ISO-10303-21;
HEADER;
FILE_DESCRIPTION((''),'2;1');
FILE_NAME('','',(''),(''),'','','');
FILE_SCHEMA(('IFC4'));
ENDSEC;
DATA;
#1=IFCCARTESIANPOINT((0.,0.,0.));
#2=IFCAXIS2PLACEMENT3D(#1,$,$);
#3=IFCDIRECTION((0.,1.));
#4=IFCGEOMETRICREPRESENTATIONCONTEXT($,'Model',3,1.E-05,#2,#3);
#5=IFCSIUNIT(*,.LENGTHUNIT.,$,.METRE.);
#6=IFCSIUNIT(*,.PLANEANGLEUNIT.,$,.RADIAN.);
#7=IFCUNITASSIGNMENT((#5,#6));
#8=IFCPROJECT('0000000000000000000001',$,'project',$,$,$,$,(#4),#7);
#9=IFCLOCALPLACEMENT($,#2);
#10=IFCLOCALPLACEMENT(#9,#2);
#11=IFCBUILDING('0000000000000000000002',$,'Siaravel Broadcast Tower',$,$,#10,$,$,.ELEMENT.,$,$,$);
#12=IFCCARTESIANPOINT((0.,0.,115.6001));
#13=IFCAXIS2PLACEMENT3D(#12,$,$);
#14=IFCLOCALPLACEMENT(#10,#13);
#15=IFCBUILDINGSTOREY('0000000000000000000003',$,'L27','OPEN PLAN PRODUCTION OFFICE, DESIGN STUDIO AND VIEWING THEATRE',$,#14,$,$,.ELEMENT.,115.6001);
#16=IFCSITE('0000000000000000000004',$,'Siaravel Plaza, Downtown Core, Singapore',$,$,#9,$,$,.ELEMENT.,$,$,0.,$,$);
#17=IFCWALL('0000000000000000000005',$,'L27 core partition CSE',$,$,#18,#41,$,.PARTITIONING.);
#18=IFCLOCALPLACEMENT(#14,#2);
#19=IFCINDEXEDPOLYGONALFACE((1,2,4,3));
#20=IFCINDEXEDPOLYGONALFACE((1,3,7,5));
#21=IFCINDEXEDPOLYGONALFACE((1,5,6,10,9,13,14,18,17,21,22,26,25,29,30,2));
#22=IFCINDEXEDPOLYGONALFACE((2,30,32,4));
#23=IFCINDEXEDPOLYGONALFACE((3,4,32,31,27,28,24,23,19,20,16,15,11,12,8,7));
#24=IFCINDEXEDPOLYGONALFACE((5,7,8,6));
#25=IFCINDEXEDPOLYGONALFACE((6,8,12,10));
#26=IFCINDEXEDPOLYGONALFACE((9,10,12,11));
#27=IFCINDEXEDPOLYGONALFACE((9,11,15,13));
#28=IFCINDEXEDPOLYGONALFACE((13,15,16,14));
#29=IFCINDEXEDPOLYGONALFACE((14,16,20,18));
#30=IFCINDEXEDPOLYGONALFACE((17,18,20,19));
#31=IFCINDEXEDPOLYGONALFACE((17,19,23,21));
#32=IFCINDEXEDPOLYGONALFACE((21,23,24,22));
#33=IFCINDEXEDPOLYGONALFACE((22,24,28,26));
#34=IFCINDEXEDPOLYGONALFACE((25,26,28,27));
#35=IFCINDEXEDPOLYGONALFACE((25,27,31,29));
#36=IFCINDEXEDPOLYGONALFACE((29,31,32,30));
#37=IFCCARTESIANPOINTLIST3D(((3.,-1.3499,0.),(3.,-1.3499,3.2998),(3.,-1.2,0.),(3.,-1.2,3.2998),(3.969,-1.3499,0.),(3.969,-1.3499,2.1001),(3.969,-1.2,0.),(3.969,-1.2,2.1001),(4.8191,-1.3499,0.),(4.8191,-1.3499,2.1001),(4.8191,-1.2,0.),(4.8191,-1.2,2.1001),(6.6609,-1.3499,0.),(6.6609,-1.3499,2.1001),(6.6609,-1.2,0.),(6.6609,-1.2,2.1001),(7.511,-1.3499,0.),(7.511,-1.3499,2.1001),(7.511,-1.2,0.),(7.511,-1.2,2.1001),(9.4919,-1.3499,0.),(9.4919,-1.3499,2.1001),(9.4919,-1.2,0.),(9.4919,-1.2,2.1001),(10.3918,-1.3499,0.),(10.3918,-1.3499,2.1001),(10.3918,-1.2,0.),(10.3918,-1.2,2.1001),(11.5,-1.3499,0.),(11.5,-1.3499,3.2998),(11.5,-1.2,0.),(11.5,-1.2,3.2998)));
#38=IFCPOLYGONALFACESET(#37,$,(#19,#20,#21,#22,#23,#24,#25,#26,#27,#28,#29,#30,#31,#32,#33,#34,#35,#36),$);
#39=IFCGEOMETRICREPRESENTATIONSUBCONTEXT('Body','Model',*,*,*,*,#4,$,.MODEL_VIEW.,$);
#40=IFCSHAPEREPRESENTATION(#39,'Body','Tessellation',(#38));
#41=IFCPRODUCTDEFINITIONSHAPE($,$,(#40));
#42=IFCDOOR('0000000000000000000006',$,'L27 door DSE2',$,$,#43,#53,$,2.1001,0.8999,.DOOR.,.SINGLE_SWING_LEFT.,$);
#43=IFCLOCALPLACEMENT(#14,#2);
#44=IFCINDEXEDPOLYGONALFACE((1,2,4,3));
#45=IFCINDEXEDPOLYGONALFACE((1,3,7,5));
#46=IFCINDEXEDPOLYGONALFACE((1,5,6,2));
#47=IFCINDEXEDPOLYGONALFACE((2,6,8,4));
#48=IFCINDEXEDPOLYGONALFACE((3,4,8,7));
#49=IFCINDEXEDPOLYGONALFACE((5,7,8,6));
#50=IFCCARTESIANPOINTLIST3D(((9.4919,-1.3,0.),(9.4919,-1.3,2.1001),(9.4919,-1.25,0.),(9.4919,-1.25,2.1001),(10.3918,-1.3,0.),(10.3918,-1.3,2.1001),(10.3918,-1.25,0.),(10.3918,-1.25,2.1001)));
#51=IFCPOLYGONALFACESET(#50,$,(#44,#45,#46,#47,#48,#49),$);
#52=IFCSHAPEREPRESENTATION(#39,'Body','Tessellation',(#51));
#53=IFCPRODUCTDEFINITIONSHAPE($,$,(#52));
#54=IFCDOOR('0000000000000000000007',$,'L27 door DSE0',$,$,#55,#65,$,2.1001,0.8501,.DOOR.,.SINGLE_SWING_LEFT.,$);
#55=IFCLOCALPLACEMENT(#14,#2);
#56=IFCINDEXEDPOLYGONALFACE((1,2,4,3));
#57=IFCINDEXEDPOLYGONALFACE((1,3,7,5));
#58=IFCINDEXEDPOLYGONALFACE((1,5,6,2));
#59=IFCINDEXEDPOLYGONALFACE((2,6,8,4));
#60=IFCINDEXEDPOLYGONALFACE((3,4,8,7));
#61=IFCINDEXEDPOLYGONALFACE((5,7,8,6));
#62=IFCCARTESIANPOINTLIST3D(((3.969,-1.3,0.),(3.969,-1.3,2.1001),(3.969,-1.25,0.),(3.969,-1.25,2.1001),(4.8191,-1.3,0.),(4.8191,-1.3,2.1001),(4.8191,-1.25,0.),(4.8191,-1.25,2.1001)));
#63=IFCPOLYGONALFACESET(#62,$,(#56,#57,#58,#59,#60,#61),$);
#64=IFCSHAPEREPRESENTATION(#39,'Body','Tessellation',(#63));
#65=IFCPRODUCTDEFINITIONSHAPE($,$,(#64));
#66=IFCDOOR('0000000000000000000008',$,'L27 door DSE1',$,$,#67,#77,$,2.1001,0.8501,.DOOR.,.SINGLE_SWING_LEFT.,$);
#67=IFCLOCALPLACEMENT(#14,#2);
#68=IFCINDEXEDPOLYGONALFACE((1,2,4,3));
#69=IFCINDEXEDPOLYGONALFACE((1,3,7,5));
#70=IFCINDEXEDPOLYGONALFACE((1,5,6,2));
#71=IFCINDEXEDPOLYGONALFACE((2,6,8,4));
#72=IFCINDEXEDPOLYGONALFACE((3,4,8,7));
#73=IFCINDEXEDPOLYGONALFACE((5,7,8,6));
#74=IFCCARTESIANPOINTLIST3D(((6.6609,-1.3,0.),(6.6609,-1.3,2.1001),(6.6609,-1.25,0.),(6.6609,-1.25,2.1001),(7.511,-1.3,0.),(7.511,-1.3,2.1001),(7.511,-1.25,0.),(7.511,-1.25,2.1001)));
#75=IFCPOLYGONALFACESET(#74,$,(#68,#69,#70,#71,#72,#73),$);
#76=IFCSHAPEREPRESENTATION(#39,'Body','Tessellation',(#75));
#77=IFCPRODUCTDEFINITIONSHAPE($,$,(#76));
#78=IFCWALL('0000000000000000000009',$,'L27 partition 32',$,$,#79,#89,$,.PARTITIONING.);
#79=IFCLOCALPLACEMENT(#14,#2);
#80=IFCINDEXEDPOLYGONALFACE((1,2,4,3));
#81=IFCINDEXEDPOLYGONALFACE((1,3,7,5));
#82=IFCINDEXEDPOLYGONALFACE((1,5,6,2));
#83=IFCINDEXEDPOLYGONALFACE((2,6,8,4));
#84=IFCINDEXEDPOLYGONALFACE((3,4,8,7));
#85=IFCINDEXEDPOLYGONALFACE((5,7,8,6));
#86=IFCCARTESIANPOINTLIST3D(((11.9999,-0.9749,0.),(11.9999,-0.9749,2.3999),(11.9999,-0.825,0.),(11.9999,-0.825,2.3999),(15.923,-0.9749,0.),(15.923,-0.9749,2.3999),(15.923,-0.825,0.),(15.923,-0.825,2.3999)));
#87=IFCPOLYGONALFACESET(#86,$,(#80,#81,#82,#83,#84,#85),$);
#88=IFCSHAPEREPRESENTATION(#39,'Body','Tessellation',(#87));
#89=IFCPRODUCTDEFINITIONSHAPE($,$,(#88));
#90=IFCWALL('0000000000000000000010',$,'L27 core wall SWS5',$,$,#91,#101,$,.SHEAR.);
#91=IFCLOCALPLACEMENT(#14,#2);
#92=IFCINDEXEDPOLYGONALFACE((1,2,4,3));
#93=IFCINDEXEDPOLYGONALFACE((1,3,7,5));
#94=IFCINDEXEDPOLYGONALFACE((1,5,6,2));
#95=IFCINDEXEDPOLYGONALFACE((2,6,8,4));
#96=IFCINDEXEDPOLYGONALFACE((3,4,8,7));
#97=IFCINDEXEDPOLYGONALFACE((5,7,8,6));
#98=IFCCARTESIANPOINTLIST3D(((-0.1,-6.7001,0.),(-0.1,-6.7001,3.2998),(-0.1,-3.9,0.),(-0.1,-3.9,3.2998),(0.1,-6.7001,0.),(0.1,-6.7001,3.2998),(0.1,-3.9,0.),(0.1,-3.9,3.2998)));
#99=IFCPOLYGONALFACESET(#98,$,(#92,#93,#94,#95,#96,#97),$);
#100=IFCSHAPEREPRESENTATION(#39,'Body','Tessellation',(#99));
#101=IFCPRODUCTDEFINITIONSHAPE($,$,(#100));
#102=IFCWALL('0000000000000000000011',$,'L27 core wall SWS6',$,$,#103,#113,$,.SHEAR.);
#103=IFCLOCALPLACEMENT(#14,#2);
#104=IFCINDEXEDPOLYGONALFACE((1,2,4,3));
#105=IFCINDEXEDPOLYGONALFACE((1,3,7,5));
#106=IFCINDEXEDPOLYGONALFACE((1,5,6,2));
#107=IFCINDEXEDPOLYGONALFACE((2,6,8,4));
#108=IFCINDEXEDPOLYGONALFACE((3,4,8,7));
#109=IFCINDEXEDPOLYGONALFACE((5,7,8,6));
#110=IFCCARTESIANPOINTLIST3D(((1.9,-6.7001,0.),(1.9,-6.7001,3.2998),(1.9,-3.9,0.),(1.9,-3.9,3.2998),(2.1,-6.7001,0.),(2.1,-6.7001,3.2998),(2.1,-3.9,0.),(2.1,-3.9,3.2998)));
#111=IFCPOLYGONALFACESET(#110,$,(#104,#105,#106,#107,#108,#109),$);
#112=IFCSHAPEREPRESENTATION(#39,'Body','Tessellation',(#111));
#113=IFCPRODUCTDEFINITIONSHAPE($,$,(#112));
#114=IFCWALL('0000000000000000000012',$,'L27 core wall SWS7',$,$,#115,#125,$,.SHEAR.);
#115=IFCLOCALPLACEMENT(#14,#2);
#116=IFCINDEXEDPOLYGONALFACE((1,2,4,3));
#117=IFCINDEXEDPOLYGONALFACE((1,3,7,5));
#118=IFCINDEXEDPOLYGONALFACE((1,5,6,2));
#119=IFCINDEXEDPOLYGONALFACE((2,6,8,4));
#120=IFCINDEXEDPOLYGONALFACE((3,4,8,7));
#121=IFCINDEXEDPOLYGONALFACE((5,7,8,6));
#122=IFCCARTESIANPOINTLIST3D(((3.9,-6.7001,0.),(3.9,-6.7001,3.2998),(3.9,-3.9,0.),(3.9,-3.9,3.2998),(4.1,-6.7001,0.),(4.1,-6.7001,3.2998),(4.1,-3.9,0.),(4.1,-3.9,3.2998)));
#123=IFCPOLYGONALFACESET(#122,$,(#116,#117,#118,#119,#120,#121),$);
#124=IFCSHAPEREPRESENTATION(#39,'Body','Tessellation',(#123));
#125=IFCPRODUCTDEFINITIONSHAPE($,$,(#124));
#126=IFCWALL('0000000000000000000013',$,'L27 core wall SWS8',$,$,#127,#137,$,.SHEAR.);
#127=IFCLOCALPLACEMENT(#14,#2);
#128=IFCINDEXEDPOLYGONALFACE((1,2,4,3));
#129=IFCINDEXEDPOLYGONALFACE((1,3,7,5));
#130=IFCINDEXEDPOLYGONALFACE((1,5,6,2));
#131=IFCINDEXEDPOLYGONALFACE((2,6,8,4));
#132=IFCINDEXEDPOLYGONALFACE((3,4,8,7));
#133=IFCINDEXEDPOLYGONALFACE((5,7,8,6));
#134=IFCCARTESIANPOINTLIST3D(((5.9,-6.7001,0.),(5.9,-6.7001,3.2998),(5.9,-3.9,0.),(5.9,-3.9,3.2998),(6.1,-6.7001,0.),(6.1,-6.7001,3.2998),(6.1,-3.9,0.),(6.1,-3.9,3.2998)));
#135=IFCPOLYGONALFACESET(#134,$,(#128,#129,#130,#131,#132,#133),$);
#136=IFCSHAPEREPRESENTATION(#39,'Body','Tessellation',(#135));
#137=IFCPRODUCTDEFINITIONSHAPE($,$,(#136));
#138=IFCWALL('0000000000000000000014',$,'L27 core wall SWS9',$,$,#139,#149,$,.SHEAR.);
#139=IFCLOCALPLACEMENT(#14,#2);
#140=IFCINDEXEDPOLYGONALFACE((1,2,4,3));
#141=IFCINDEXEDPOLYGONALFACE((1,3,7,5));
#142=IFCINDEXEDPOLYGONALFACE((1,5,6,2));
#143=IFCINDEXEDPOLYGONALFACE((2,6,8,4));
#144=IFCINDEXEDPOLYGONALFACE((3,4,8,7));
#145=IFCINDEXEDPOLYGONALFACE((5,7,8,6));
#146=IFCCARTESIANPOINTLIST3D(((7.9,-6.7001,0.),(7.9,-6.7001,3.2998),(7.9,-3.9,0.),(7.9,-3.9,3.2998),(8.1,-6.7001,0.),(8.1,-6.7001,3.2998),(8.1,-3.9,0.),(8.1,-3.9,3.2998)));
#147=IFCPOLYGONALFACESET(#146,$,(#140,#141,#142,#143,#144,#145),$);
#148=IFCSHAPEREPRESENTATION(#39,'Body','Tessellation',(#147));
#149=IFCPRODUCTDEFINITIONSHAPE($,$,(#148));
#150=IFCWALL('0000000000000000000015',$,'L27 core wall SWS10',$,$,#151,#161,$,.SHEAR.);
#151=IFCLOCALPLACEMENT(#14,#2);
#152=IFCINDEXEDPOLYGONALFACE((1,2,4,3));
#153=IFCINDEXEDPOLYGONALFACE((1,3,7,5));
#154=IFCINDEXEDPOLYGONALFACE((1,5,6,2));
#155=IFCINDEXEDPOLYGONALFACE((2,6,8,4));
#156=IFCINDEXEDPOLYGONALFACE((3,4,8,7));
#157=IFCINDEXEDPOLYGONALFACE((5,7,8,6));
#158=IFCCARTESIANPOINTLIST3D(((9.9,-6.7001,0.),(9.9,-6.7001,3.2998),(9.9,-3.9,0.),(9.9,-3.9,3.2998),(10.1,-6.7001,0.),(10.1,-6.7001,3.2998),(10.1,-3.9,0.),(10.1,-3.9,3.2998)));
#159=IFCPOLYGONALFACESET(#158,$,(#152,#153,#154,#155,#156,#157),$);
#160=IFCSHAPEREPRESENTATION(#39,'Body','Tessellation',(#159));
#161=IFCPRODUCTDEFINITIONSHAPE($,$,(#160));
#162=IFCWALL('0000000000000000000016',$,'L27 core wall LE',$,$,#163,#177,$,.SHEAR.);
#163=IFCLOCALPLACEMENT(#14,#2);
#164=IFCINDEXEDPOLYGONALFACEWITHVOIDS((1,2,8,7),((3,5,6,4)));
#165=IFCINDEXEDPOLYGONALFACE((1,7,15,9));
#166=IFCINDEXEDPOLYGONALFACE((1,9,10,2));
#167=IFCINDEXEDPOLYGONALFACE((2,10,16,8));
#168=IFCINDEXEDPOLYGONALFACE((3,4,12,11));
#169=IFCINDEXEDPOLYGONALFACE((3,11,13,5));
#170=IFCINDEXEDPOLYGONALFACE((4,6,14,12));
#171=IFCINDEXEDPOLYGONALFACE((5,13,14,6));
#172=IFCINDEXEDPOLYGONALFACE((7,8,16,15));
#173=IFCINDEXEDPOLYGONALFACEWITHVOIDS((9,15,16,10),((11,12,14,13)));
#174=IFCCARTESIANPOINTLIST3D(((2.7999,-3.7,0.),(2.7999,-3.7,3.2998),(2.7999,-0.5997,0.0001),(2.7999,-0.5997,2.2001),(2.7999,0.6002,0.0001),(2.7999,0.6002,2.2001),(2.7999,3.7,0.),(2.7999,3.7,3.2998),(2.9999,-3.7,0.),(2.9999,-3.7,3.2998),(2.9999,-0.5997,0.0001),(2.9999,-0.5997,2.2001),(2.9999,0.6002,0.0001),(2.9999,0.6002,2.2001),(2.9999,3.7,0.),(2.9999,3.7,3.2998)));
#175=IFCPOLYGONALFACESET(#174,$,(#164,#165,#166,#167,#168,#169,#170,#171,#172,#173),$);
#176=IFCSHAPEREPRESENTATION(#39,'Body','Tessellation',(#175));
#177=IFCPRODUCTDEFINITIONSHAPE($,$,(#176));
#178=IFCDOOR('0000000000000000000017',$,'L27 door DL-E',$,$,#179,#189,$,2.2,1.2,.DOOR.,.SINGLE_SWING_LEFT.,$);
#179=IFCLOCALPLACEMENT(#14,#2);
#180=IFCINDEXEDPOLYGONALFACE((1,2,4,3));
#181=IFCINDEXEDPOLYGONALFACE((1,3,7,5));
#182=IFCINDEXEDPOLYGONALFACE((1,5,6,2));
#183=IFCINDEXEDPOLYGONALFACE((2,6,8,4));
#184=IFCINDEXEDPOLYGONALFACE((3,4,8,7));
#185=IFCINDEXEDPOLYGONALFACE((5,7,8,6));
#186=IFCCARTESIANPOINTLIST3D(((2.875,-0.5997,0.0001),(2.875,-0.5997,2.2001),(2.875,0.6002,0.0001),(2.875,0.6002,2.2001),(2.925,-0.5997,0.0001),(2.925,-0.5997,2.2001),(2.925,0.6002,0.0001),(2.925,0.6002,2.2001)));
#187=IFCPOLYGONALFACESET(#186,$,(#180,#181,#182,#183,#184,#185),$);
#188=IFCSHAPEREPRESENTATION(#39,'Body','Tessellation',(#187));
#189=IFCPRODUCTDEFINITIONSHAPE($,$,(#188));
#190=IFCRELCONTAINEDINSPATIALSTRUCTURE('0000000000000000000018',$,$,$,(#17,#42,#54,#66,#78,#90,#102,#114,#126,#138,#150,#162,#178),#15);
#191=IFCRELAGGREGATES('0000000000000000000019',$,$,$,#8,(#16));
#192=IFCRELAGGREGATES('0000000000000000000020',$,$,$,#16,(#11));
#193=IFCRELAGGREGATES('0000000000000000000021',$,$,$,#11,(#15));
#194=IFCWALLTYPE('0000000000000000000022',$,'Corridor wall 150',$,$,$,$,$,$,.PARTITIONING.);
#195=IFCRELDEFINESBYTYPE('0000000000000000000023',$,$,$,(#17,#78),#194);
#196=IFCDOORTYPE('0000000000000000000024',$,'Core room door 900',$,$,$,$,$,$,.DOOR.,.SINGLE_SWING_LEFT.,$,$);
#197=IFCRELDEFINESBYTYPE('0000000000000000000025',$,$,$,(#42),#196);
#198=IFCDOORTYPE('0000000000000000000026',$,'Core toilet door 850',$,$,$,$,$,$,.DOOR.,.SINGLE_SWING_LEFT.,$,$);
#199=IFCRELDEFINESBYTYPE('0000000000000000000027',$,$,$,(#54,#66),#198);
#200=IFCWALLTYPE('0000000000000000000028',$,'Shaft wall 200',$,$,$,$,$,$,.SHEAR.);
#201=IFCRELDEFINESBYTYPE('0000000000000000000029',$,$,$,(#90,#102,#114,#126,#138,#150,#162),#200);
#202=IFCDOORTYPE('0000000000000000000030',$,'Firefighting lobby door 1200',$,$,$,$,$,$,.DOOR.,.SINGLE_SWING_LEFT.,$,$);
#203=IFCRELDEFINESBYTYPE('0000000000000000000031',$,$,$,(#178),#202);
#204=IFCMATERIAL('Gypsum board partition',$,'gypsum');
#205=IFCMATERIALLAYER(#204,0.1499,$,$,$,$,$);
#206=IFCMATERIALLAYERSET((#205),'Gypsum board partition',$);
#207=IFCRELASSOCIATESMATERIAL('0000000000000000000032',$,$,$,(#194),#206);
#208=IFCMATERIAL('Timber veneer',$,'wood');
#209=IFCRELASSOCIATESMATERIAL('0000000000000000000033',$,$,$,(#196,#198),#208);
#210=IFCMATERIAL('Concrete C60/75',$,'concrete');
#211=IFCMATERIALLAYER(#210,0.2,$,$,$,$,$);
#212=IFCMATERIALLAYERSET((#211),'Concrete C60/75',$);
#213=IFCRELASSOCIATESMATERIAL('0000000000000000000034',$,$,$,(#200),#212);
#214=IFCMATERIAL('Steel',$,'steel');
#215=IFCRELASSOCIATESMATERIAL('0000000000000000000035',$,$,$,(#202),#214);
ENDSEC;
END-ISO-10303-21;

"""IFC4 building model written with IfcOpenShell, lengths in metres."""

from ifc_helpers import new_model, si_unit, direction, frame, frame_2d, origin, place, context, subcontext, project, spatial, rectangle, extrude, material, layer, layer_set, type_object, element, fill, save


model = new_model("IFC4")

# Units and contexts
model_context = context("Model", 3, precision=1e-05, world=origin(), true_north=direction((0.0, 1.0)))
body_context = subcontext(model_context, "Body", "Model", "MODEL_VIEW")
ifc_project = project(units=[si_unit("LENGTHUNIT", "METRE"), si_unit("PLANEANGLEUNIT", "RADIAN")], contexts=[model_context])

# Site, building, storey
site_placement = place(None, origin())
site = spatial("IfcSite", under=ifc_project, at=site_placement, Name="Siaravel Plaza, Downtown Core, Singapore", CompositionType="ELEMENT", RefElevation=0.0)
building_placement = place(site_placement, origin())
building = spatial("IfcBuilding", under=site, at=building_placement, Name="Siaravel Broadcast Tower", CompositionType="ELEMENT")
storey_placement = place(building_placement, frame((0.0, 0.0, 115.6001)))
storey = spatial("IfcBuildingStorey", under=building, at=storey_placement, Name="L27", Description="OPEN PLAN PRODUCTION OFFICE, DESIGN STUDIO AND VIEWING THEATRE", CompositionType="ELEMENT", Elevation=115.6001)

# Shared definitions
ifc_material_1 = material(Name="Concrete C60/75", Category="concrete")
ifc_material_2 = material(Name="Steel", Category="steel")

# Wall, openings, doors
ifc_material_3 = material(Name="Gypsum board partition", Category="gypsum")
ifc_layer_1 = layer(ifc_material_3, 0.1499)
ifc_layer_set_1 = layer_set([ifc_layer_1], Name="Gypsum board partition")
wall_type_1 = type_object("IfcWallType", Name="Corridor wall 150", PredefinedType="PARTITIONING", material=ifc_layer_set_1)
wall_1_placement = place(storey_placement, frame((3.0, -1.2749, 0.0), z_axis=(0.0, 0.0, 1.0), x_axis=(1.0, 0.0, 0.0)))
wall_1 = element("IfcWall", 1, at=wall_1_placement, inside=storey, type_object=wall_type_1, Name="L27 core partition CSE", PredefinedType="PARTITIONING", context=body_context, shape_type="SweptSolid", body=[
    extrude(rectangle(XDim=8.5, YDim=0.1499, at=frame_2d((4.25, 0.0))), origin(), (0.0, 0.0, 1.0), 3.2998),
])
opening_1_placement = place(wall_1_placement, frame((0.969, 0.0, 0.0)))
opening_1 = element("IfcOpeningElement", 2, at=opening_1_placement, cuts=wall_1, PredefinedType="OPENING", context=body_context, shape_type="SweptSolid", body=[
    extrude(rectangle(XDim=0.8501, YDim=2.1001, at=frame_2d((0.425, 1.05))), frame((0.0, 0.085, 0.0), z_axis=(0.0, -1.0, 0.0), x_axis=(1.0, 0.0, 0.0)), (0.0, 0.0, 1.0), 0.1699),
])
opening_2_placement = place(wall_1_placement, frame((3.6609, 0.0, 0.0)))
opening_2 = element("IfcOpeningElement", 3, at=opening_2_placement, cuts=wall_1, PredefinedType="OPENING", context=body_context, shape_type="SweptSolid", body=[
    extrude(rectangle(XDim=0.8501, YDim=2.1001, at=frame_2d((0.425, 1.05))), frame((0.0, 0.085, 0.0), z_axis=(0.0, -1.0, 0.0), x_axis=(1.0, 0.0, 0.0)), (0.0, 0.0, 1.0), 0.1699),
])
opening_3_placement = place(wall_1_placement, frame((6.4919, 0.0, 0.0)))
opening_3 = element("IfcOpeningElement", 4, at=opening_3_placement, cuts=wall_1, PredefinedType="OPENING", context=body_context, shape_type="SweptSolid", body=[
    extrude(rectangle(XDim=0.8999, YDim=2.1001, at=frame_2d((0.45, 1.05))), frame((0.0, 0.085, 0.0), z_axis=(0.0, -1.0, 0.0), x_axis=(1.0, 0.0, 0.0)), (0.0, 0.0, 1.0), 0.1699),
])
ifc_material_4 = material(Name="Timber veneer", Category="wood")
door_type_1 = type_object("IfcDoorType", Name="Core room door 900", OperationType="SINGLE_SWING_LEFT", PredefinedType="DOOR", material=ifc_material_4)
door_1_placement = place(opening_3_placement, origin())
door_1 = element("IfcDoor", 5, at=door_1_placement, inside=storey, type_object=door_type_1, Name="L27 door DSE2", OperationType="SINGLE_SWING_LEFT", OverallHeight=2.1001, OverallWidth=0.8999, PredefinedType="DOOR", context=body_context, shape_type="SweptSolid", body=[
    extrude(rectangle(XDim=0.8999, YDim=2.1001, at=frame_2d((0.45, 1.05))), frame((0.0, 0.0249, 0.0), z_axis=(0.0, -1.0, 0.0), x_axis=(1.0, 0.0, 0.0)), (0.0, 0.0, 1.0), 0.05),
])
fill(opening_3, door_1)
door_type_2 = type_object("IfcDoorType", Name="Core toilet door 850", OperationType="SINGLE_SWING_LEFT", PredefinedType="DOOR", material=ifc_material_4)
door_2_placement = place(opening_1_placement, origin())
door_2 = element("IfcDoor", 6, at=door_2_placement, inside=storey, type_object=door_type_2, Name="L27 door DSE0", OperationType="SINGLE_SWING_LEFT", OverallHeight=2.1001, OverallWidth=0.8501, PredefinedType="DOOR", context=body_context, shape_type="SweptSolid", body=[
    extrude(rectangle(XDim=0.8501, YDim=2.1001, at=frame_2d((0.425, 1.05))), frame((0.0, 0.0249, 0.0), z_axis=(0.0, -1.0, 0.0), x_axis=(1.0, 0.0, 0.0)), (0.0, 0.0, 1.0), 0.05),
])
fill(opening_1, door_2)
door_3_placement = place(opening_2_placement, origin())
door_3 = element("IfcDoor", 7, at=door_3_placement, inside=storey, type_object=door_type_2, Name="L27 door DSE1", OperationType="SINGLE_SWING_LEFT", OverallHeight=2.1001, OverallWidth=0.8501, PredefinedType="DOOR", context=body_context, shape_type="SweptSolid", body=[
    extrude(rectangle(XDim=0.8501, YDim=2.1001, at=frame_2d((0.425, 1.05))), frame((0.0, 0.0249, 0.0), z_axis=(0.0, -1.0, 0.0), x_axis=(1.0, 0.0, 0.0)), (0.0, 0.0, 1.0), 0.05),
])
fill(opening_2, door_3)

# Walls
wall_2_placement = place(storey_placement, frame((12.0, -0.8999, 0.0), z_axis=(0.0, 0.0, 1.0), x_axis=(1.0, 0.0, 0.0)))
element("IfcWall", 8, at=wall_2_placement, inside=storey, type_object=wall_type_1, Name="L27 partition 32", PredefinedType="PARTITIONING", context=body_context, shape_type="SweptSolid", body=[
    extrude(rectangle(XDim=3.9231, YDim=0.1499, at=frame_2d((1.9614, 0.0))), origin(), (0.0, 0.0, 1.0), 2.3999),
])
ifc_layer_2 = layer(ifc_material_1, 0.2)
ifc_layer_set_2 = layer_set([ifc_layer_2], Name="Concrete C60/75")
wall_type_2 = type_object("IfcWallType", Name="Shaft wall 200", PredefinedType="SHEAR", material=ifc_layer_set_2)
for number, where, z_axis, x_axis, name in (
    (9, (0.0, -6.7, 0.0), (0.0, 0.0, 1.0), (0.0, 1.0, 0.0), "L27 core wall SWS5"),
    (10, (2.0, -6.7, 0.0), (0.0, 0.0, 1.0), (0.0, 1.0, 0.0), "L27 core wall SWS6"),
    (11, (4.0, -6.7, 0.0), (0.0, 0.0, 1.0), (0.0, 1.0, 0.0), "L27 core wall SWS7"),
    (12, (6.0, -6.7, 0.0), (0.0, 0.0, 1.0), (0.0, 1.0, 0.0), "L27 core wall SWS8"),
    (13, (8.0, -6.7, 0.0), (0.0, 0.0, 1.0), (0.0, 1.0, 0.0), "L27 core wall SWS9"),
    (14, (10.0, -6.7, 0.0), (0.0, 0.0, 1.0), (0.0, 1.0, 0.0), "L27 core wall SWS10"),
):
    element("IfcWall", number, at=place(storey_placement, frame(where, z_axis=z_axis, x_axis=x_axis)), inside=storey, type_object=wall_type_2, Name=name, PredefinedType="SHEAR", context=body_context, shape_type="SweptSolid", body=[
        extrude(rectangle(XDim=2.8, YDim=0.2, at=frame_2d((1.3999, 0.0))), origin(), (0.0, 0.0, 1.0), 3.2998),
    ])

# Wall, opening, door
wall_3_placement = place(storey_placement, frame((2.8999, -3.7, 0.0), z_axis=(0.0, 0.0, 1.0), x_axis=(0.0, 1.0, 0.0)))
wall_3 = element("IfcWall", 15, at=wall_3_placement, inside=storey, type_object=wall_type_2, Name="L27 core wall LE", PredefinedType="SHEAR", context=body_context, shape_type="SweptSolid", body=[
    extrude(rectangle(XDim=7.3999, YDim=0.2, at=frame_2d((3.7, 0.0))), origin(), (0.0, 0.0, 1.0), 3.2998),
])
opening_4_placement = place(wall_3_placement, frame((3.1001, 0.0, 0.0)))
opening_4 = element("IfcOpeningElement", 16, at=opening_4_placement, cuts=wall_3, PredefinedType="OPENING", context=body_context, shape_type="SweptSolid", body=[
    extrude(rectangle(XDim=1.2, YDim=2.2, at=frame_2d((0.6001, 1.1001))), frame((0.0, 0.1099, 0.0), z_axis=(0.0, -1.0, 0.0), x_axis=(1.0, 0.0, 0.0)), (0.0, 0.0, 1.0), 0.22),
])
door_type_3 = type_object("IfcDoorType", Name="Firefighting lobby door 1200", OperationType="SINGLE_SWING_LEFT", PredefinedType="DOOR", material=ifc_material_2)
door_4_placement = place(opening_4_placement, origin())
door_4 = element("IfcDoor", 17, at=door_4_placement, inside=storey, type_object=door_type_3, Name="L27 door DL-E", OperationType="SINGLE_SWING_LEFT", OverallHeight=2.2, OverallWidth=1.2, PredefinedType="DOOR", context=body_context, shape_type="SweptSolid", body=[
    extrude(rectangle(XDim=1.2, YDim=2.2, at=frame_2d((0.6001, 1.1001))), frame((0.0, 0.0249, 0.0), z_axis=(0.0, -1.0, 0.0), x_axis=(1.0, 0.0, 0.0)), (0.0, 0.0, 1.0), 0.05),
])
fill(opening_4, door_4)

save(model, "model.ifc")
